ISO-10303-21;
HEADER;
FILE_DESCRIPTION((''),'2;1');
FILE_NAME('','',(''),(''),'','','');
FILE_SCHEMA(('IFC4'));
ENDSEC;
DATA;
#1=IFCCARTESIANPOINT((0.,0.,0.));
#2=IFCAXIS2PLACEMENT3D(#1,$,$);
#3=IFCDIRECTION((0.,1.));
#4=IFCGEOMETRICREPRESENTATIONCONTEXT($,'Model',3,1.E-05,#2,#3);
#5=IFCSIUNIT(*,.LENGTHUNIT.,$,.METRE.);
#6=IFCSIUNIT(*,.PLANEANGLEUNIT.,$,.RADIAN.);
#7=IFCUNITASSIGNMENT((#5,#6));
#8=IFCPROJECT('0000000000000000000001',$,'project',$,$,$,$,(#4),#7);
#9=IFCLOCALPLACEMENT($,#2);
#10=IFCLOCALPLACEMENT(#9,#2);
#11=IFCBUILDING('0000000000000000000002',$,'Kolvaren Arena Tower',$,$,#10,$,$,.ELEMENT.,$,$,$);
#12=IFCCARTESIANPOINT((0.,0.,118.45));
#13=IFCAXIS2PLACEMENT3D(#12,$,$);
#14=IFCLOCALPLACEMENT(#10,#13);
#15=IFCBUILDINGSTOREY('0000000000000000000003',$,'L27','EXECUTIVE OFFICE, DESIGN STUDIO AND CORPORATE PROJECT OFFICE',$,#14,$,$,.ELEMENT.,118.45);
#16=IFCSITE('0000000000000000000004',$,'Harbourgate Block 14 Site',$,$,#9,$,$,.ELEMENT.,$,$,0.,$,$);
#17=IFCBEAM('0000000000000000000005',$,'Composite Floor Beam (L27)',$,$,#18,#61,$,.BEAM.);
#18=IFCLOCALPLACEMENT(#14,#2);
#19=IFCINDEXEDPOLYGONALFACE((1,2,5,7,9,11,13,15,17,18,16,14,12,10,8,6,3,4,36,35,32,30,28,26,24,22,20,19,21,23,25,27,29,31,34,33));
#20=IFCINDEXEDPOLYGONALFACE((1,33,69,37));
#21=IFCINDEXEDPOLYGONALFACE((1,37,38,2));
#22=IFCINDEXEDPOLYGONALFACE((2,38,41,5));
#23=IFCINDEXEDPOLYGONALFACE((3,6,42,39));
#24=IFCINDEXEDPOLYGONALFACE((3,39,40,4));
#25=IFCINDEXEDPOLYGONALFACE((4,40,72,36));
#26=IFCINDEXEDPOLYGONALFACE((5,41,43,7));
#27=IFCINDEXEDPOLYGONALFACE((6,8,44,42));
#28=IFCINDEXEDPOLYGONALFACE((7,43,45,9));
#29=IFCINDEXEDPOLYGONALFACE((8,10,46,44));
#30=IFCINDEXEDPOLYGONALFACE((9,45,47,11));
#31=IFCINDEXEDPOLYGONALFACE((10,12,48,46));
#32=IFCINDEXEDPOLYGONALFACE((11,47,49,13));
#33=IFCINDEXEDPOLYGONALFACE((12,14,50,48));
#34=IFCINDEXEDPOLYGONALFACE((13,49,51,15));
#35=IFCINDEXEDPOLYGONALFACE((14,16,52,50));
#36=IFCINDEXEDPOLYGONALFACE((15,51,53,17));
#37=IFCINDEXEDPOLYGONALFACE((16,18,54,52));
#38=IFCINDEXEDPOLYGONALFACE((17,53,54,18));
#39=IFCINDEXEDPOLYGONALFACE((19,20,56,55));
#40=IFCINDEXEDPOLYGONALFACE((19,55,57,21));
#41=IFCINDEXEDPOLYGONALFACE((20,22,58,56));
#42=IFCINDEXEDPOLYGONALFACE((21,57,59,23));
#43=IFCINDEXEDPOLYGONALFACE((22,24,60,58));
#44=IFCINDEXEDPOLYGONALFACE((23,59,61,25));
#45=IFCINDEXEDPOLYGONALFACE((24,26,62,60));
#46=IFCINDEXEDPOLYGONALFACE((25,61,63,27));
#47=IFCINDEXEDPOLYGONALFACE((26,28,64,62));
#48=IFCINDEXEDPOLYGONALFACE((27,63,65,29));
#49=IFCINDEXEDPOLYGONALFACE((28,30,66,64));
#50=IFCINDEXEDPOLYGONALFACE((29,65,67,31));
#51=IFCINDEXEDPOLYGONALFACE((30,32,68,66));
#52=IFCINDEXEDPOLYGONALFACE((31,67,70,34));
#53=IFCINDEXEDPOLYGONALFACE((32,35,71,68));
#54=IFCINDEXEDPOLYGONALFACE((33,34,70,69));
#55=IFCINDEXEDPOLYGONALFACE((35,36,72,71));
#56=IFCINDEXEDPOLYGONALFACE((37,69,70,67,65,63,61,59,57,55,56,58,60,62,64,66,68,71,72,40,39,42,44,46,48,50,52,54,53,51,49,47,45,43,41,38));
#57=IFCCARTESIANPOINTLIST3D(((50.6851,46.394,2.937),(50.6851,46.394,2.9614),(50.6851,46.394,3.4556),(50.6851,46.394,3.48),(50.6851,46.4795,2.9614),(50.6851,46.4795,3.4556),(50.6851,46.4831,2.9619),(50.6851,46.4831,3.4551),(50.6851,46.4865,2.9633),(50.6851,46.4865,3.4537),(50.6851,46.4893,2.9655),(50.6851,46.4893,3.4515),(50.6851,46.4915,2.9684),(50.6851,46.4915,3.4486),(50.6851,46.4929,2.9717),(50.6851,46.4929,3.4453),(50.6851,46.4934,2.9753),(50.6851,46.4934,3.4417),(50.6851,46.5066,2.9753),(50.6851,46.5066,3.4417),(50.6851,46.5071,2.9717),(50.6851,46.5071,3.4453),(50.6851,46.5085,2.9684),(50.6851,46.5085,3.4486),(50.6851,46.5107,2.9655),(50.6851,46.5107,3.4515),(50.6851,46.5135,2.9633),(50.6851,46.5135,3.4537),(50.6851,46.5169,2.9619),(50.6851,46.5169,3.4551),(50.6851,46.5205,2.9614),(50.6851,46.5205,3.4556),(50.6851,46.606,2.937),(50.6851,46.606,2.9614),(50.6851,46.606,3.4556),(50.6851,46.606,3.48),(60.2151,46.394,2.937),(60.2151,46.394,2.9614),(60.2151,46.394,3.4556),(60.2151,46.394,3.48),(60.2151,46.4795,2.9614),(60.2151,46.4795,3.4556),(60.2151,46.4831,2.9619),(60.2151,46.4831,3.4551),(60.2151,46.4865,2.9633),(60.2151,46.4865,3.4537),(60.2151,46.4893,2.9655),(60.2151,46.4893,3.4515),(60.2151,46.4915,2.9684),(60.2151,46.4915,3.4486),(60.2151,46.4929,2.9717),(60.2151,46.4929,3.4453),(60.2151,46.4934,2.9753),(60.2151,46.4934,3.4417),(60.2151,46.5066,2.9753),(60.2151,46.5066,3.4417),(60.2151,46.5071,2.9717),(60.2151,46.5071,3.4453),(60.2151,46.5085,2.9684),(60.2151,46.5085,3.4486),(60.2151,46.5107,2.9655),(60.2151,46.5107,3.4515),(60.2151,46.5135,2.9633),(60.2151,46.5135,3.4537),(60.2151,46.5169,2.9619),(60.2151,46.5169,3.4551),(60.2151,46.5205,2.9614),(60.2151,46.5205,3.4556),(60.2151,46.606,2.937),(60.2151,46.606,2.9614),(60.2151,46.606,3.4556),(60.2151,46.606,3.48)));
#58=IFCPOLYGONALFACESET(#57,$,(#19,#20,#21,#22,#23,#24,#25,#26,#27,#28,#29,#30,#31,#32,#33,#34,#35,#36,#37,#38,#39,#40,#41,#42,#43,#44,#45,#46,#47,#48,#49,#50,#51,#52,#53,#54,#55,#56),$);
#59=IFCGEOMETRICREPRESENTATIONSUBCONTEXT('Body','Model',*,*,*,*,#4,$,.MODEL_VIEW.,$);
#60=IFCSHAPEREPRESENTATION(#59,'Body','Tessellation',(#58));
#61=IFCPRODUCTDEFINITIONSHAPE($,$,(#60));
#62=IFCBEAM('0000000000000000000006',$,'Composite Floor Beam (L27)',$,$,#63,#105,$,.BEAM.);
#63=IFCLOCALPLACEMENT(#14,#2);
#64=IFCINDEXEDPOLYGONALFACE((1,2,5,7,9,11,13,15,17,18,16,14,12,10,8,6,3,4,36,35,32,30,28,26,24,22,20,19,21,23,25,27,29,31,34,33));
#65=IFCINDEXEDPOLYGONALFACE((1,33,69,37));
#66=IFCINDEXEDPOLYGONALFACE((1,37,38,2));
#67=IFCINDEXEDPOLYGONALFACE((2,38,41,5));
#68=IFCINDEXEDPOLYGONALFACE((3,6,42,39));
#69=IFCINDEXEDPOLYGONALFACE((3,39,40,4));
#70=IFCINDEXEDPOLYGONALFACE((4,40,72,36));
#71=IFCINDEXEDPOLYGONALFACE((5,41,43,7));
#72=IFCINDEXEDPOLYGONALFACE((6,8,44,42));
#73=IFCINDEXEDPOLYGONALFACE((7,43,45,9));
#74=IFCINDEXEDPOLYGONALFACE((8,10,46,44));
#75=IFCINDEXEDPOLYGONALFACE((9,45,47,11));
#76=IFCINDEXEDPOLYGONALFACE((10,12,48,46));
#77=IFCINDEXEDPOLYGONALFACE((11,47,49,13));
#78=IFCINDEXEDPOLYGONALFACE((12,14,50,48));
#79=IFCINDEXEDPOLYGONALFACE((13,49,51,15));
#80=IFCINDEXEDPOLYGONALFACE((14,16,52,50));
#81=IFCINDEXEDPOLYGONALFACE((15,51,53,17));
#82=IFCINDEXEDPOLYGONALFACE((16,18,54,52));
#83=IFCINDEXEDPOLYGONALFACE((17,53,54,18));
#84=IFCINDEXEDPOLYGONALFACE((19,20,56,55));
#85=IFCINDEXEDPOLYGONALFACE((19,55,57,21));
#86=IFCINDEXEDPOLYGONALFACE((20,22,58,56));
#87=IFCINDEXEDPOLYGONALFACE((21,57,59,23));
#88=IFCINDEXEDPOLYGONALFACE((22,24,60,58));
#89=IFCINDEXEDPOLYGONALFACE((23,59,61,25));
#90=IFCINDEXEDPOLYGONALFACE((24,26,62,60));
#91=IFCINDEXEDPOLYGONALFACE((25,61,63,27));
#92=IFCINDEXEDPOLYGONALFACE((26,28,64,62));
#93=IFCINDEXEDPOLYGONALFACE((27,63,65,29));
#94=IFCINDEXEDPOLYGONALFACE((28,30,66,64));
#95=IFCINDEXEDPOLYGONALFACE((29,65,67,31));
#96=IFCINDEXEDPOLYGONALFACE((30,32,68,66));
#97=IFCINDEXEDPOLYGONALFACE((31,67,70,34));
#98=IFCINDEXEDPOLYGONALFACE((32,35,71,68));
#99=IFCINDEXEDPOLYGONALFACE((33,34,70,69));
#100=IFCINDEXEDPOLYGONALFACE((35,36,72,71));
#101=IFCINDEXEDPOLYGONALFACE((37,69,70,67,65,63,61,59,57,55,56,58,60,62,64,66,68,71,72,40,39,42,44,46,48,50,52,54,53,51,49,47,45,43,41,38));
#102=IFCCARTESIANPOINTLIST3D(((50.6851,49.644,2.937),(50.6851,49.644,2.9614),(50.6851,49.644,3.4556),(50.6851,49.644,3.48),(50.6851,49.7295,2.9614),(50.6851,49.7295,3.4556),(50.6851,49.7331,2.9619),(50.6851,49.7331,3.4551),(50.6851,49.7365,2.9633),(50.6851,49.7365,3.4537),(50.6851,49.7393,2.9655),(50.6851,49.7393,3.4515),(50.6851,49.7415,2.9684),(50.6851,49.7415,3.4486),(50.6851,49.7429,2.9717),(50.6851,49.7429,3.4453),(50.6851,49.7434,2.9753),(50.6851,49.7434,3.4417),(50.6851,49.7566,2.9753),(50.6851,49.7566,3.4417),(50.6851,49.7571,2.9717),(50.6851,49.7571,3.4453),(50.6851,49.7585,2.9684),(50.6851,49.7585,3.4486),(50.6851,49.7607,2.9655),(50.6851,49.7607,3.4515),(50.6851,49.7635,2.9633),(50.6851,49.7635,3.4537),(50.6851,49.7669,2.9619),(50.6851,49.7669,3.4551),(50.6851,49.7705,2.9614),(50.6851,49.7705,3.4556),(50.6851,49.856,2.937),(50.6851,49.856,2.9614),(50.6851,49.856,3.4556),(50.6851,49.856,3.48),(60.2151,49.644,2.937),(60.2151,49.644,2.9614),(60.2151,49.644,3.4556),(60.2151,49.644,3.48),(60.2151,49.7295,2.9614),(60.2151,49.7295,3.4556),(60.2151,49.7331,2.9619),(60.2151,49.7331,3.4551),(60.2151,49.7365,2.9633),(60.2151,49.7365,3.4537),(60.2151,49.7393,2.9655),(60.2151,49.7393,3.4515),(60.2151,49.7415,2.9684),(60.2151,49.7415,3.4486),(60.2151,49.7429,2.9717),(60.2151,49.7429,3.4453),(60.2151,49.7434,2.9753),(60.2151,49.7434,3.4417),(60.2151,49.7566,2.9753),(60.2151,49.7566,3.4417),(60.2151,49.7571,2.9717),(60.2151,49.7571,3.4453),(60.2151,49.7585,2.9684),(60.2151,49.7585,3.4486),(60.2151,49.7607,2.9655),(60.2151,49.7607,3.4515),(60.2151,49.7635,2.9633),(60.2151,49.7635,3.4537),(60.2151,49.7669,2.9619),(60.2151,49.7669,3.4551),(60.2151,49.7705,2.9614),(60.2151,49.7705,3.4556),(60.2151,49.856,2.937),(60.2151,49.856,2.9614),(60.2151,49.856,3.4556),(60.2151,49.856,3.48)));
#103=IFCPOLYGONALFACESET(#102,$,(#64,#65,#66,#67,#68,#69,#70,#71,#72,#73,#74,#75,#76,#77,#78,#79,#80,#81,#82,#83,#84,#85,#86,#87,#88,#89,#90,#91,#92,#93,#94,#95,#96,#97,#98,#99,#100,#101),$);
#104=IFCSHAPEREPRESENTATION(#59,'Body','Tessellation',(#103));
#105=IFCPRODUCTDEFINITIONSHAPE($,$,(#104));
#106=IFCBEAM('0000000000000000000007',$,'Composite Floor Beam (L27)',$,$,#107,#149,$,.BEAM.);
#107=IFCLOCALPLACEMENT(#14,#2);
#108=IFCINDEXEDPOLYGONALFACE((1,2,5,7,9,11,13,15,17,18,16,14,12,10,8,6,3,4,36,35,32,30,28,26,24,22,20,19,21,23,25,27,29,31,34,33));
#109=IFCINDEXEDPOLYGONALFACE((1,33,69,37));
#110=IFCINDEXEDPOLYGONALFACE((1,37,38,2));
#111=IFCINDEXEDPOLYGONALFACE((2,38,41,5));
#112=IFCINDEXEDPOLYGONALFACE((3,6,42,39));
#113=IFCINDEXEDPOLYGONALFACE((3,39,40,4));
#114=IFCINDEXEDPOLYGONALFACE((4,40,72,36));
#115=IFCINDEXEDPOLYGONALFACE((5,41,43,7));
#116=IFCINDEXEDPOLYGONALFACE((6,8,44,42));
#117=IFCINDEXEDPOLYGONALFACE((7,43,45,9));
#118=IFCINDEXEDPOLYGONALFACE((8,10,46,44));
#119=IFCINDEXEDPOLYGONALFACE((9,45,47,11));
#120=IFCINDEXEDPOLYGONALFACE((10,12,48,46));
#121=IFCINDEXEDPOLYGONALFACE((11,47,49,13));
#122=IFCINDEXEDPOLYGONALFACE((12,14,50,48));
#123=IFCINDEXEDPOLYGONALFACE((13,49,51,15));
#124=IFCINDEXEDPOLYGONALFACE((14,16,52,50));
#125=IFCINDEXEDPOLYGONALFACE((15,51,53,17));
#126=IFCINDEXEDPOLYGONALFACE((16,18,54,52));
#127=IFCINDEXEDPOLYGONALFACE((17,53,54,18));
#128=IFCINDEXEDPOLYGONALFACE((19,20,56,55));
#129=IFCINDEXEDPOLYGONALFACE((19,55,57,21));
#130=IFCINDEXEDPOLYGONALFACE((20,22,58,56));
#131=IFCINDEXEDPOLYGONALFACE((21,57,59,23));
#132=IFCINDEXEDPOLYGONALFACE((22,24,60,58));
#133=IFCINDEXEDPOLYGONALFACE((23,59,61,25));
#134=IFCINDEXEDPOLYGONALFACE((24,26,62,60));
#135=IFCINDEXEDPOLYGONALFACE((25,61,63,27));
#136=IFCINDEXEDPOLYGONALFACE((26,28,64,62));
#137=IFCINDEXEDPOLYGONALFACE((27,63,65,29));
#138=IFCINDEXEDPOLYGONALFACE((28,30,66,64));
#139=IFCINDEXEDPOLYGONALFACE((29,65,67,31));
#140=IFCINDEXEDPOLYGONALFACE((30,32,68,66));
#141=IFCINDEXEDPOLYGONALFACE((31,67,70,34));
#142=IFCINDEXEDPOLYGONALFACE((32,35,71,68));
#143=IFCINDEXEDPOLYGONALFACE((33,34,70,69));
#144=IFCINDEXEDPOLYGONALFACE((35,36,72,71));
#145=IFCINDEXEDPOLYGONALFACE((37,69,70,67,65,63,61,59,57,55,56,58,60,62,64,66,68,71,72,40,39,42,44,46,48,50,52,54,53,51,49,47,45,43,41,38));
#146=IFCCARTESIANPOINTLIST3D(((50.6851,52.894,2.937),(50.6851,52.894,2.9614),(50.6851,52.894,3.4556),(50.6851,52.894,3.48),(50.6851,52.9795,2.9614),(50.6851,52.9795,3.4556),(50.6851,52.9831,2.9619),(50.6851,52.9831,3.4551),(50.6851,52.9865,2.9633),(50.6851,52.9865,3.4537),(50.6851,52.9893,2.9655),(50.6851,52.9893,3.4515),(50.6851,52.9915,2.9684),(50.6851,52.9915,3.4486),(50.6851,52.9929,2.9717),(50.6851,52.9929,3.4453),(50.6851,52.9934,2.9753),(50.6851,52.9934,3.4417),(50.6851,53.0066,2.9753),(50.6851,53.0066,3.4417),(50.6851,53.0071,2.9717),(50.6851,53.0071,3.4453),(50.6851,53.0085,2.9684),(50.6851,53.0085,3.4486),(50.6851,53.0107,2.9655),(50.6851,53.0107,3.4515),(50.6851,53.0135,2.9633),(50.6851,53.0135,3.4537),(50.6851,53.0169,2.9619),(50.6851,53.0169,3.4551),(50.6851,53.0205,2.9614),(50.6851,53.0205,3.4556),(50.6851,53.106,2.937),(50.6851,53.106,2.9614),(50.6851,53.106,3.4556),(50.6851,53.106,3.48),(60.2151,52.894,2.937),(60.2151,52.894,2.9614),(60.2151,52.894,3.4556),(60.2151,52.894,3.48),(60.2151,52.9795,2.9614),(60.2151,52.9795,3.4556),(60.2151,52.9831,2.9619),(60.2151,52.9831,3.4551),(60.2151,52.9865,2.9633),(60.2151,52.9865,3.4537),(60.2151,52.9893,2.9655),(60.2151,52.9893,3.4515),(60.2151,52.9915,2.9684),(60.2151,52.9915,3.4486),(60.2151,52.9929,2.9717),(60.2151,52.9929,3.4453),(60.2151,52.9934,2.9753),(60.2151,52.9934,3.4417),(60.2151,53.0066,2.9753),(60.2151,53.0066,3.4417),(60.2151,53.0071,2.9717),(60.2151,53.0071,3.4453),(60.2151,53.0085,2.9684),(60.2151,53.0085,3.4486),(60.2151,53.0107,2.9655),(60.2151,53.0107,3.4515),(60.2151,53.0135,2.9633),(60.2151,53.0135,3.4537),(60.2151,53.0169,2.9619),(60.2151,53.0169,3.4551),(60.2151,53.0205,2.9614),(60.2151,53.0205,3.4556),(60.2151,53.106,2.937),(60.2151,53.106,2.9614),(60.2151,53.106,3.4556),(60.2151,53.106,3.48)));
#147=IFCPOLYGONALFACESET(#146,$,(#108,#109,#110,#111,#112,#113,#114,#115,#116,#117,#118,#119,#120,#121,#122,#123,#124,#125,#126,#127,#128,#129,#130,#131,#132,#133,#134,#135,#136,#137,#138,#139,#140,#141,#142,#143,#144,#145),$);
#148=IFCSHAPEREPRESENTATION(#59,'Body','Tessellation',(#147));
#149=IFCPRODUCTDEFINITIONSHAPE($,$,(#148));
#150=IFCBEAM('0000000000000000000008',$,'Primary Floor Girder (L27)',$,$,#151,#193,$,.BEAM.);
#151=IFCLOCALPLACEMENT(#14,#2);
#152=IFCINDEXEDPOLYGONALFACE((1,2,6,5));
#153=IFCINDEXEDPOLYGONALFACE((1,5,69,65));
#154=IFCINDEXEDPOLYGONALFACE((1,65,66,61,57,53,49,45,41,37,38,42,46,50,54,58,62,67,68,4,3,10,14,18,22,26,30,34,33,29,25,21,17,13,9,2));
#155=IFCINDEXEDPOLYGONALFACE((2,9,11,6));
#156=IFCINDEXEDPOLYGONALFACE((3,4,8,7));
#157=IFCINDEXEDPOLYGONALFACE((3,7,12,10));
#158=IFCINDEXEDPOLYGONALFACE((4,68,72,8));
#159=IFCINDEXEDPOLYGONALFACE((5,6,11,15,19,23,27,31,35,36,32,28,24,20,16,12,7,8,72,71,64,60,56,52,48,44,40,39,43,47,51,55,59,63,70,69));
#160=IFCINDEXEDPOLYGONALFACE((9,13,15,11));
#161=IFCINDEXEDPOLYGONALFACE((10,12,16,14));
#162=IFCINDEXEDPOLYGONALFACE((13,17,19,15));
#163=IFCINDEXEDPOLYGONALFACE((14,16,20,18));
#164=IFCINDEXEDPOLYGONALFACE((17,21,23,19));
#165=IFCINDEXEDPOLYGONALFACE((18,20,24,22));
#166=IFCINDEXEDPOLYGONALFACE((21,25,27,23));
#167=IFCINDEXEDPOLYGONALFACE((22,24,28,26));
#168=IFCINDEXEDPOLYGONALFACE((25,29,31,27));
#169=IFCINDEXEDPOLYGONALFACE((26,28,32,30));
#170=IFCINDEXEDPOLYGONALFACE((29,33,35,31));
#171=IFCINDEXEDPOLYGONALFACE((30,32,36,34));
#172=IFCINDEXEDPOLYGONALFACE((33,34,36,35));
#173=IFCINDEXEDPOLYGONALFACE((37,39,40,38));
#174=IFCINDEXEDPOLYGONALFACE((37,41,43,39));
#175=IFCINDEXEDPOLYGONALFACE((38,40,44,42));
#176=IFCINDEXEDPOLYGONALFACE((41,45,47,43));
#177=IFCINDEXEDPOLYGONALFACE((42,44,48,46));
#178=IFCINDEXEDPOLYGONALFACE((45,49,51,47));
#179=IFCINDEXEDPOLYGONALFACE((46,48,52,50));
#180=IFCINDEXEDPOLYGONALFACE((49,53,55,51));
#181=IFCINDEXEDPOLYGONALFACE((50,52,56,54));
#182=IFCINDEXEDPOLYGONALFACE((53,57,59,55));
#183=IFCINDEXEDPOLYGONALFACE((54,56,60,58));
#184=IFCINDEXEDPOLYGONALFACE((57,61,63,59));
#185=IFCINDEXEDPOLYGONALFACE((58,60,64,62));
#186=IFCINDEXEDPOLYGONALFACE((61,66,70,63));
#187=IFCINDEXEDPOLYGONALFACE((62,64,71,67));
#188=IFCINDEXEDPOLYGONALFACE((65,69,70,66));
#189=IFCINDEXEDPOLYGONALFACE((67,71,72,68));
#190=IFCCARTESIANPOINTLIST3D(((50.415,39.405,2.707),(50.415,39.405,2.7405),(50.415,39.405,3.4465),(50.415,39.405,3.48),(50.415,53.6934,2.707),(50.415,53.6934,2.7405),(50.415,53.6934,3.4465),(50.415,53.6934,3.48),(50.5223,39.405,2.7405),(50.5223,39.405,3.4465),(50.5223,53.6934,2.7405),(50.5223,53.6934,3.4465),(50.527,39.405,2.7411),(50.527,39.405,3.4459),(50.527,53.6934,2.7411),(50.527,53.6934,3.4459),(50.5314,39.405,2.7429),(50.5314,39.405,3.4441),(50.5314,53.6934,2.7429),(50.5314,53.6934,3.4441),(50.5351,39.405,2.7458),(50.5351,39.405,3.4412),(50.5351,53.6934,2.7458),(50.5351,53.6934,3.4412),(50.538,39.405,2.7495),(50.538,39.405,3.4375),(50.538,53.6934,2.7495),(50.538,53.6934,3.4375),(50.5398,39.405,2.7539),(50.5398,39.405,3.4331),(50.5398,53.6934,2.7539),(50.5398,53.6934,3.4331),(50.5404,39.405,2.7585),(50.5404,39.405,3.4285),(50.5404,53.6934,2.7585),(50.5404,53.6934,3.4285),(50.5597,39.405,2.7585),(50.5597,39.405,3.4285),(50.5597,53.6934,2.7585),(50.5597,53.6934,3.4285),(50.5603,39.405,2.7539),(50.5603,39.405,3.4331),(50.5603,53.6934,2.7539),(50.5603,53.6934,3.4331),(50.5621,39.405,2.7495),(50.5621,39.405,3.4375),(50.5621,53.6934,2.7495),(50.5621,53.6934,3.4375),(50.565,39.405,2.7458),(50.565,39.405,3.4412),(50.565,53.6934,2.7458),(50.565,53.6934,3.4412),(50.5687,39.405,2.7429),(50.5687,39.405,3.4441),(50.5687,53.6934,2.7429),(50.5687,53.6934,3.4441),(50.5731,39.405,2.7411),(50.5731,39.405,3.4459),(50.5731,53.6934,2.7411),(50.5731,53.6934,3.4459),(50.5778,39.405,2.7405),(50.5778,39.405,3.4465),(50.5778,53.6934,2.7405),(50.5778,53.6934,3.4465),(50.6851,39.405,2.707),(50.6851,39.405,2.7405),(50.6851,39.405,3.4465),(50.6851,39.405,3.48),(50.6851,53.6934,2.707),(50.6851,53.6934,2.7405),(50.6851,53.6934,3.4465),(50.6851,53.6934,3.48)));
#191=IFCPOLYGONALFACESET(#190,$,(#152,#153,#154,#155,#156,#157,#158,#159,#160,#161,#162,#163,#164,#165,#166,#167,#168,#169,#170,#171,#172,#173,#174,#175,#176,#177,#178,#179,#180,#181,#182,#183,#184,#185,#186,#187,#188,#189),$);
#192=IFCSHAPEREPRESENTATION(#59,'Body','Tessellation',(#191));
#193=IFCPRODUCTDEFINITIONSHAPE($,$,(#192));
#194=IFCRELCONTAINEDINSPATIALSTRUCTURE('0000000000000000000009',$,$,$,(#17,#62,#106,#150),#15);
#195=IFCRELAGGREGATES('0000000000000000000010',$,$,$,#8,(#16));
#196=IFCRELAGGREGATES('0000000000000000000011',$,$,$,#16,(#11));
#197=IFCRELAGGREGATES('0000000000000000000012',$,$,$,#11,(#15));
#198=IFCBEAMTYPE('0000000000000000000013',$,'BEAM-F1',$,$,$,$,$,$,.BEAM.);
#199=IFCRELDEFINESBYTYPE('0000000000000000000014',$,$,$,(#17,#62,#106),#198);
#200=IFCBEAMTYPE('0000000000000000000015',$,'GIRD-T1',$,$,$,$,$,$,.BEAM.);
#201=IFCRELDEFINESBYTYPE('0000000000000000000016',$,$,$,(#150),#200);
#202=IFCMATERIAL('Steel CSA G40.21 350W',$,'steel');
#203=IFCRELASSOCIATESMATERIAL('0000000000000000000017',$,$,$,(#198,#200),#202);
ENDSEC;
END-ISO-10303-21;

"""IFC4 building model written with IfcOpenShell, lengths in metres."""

from ifc_helpers import new_model, si_unit, direction, frame, origin, origin_2d, place, context, subcontext, project, spatial, i_section, extrude, material, material_profile, profile_set, type_object, element, save


model = new_model("IFC4")

# Units and contexts
model_context = context("Model", 3, precision=1e-05, world=origin(), true_north=direction((0.0, 1.0)))
body_context = subcontext(model_context, "Body", "Model", "MODEL_VIEW")
ifc_project = project(units=[si_unit("LENGTHUNIT", "METRE"), si_unit("PLANEANGLEUNIT", "RADIAN")], contexts=[model_context])

# Site, building, storey
site_placement = place(None, origin())
site = spatial("IfcSite", under=ifc_project, at=site_placement, Name="Harbourgate Block 14 Site", CompositionType="ELEMENT", RefElevation=0.0)
building_placement = place(site_placement, origin())
building = spatial("IfcBuilding", under=site, at=building_placement, Name="Kolvaren Arena Tower", CompositionType="ELEMENT")
storey_placement = place(building_placement, frame((0.0, 0.0, 118.45)))
storey = spatial("IfcBuildingStorey", under=building, at=storey_placement, Name="L27", Description="EXECUTIVE OFFICE, DESIGN STUDIO AND CORPORATE PROJECT OFFICE", CompositionType="ELEMENT", Elevation=118.45)

# Beams
ifc_material_1 = material(Name="Steel CSA G40.21 350W", Category="steel")
ifc_material_profile_1 = material_profile(ifc_material_1, i_section(OverallWidth=0.2119, OverallDepth=0.543, WebThickness=0.0132, FlangeThickness=0.0244, FilletRadius=0.0139, at=origin_2d()), Name="W530x150")
ifc_profile_set_1 = profile_set([ifc_material_profile_1], Name="Steel CSA G40.21 350W")
beam_type_1 = type_object("IfcBeamType", Name="BEAM-F1", PredefinedType="BEAM", material=ifc_profile_set_1)
for number, where, z_axis, x_axis, name in (
    (1, (50.6851, 46.5, 3.2085), (1.0, 0.0, 0.0), (0.0, 1.0, 0.0), "Composite Floor Beam (L27)"),
    (2, (50.6851, 49.75, 3.2085), (1.0, 0.0, 0.0), (0.0, 1.0, 0.0), "Composite Floor Beam (L27)"),
    (3, (50.6851, 53.0, 3.2085), (1.0, 0.0, 0.0), (0.0, 1.0, 0.0), "Composite Floor Beam (L27)"),
):
    element("IfcBeam", number, at=place(storey_placement, frame(where, z_axis=z_axis, x_axis=x_axis)), inside=storey, type_object=beam_type_1, Name=name, PredefinedType="BEAM", context=body_context, shape_type="SweptSolid", body=[
        extrude(i_section(OverallWidth=0.2119, OverallDepth=0.543, WebThickness=0.0132, FlangeThickness=0.0244, FilletRadius=0.0139, at=origin_2d()), origin(), (0.0, 0.0, 1.0), 9.53),
    ])
ifc_material_profile_2 = material_profile(ifc_material_1, i_section(OverallWidth=0.27, OverallDepth=0.7729, WebThickness=0.0193, FlangeThickness=0.0334, FilletRadius=0.0181, at=origin_2d()), Name="W760x257")
ifc_profile_set_2 = profile_set([ifc_material_profile_2], Name="Steel CSA G40.21 350W")
beam_type_2 = type_object("IfcBeamType", Name="GIRD-T1", PredefinedType="BEAM", material=ifc_profile_set_2)
beam_1_placement = place(storey_placement, frame((50.55, 39.405, 3.0935), z_axis=(0.0, 1.0, 0.0), x_axis=(-1.0, 0.0, 0.0)))
element("IfcBeam", 4, at=beam_1_placement, inside=storey, type_object=beam_type_2, Name="Primary Floor Girder (L27)", PredefinedType="BEAM", context=body_context, shape_type="SweptSolid", body=[
    extrude(i_section(OverallWidth=0.27, OverallDepth=0.7729, WebThickness=0.0193, FlangeThickness=0.0334, FilletRadius=0.0181, at=origin_2d()), origin(), (0.0, 0.0, 1.0), 14.2883),
])

save(model, "model.ifc")
